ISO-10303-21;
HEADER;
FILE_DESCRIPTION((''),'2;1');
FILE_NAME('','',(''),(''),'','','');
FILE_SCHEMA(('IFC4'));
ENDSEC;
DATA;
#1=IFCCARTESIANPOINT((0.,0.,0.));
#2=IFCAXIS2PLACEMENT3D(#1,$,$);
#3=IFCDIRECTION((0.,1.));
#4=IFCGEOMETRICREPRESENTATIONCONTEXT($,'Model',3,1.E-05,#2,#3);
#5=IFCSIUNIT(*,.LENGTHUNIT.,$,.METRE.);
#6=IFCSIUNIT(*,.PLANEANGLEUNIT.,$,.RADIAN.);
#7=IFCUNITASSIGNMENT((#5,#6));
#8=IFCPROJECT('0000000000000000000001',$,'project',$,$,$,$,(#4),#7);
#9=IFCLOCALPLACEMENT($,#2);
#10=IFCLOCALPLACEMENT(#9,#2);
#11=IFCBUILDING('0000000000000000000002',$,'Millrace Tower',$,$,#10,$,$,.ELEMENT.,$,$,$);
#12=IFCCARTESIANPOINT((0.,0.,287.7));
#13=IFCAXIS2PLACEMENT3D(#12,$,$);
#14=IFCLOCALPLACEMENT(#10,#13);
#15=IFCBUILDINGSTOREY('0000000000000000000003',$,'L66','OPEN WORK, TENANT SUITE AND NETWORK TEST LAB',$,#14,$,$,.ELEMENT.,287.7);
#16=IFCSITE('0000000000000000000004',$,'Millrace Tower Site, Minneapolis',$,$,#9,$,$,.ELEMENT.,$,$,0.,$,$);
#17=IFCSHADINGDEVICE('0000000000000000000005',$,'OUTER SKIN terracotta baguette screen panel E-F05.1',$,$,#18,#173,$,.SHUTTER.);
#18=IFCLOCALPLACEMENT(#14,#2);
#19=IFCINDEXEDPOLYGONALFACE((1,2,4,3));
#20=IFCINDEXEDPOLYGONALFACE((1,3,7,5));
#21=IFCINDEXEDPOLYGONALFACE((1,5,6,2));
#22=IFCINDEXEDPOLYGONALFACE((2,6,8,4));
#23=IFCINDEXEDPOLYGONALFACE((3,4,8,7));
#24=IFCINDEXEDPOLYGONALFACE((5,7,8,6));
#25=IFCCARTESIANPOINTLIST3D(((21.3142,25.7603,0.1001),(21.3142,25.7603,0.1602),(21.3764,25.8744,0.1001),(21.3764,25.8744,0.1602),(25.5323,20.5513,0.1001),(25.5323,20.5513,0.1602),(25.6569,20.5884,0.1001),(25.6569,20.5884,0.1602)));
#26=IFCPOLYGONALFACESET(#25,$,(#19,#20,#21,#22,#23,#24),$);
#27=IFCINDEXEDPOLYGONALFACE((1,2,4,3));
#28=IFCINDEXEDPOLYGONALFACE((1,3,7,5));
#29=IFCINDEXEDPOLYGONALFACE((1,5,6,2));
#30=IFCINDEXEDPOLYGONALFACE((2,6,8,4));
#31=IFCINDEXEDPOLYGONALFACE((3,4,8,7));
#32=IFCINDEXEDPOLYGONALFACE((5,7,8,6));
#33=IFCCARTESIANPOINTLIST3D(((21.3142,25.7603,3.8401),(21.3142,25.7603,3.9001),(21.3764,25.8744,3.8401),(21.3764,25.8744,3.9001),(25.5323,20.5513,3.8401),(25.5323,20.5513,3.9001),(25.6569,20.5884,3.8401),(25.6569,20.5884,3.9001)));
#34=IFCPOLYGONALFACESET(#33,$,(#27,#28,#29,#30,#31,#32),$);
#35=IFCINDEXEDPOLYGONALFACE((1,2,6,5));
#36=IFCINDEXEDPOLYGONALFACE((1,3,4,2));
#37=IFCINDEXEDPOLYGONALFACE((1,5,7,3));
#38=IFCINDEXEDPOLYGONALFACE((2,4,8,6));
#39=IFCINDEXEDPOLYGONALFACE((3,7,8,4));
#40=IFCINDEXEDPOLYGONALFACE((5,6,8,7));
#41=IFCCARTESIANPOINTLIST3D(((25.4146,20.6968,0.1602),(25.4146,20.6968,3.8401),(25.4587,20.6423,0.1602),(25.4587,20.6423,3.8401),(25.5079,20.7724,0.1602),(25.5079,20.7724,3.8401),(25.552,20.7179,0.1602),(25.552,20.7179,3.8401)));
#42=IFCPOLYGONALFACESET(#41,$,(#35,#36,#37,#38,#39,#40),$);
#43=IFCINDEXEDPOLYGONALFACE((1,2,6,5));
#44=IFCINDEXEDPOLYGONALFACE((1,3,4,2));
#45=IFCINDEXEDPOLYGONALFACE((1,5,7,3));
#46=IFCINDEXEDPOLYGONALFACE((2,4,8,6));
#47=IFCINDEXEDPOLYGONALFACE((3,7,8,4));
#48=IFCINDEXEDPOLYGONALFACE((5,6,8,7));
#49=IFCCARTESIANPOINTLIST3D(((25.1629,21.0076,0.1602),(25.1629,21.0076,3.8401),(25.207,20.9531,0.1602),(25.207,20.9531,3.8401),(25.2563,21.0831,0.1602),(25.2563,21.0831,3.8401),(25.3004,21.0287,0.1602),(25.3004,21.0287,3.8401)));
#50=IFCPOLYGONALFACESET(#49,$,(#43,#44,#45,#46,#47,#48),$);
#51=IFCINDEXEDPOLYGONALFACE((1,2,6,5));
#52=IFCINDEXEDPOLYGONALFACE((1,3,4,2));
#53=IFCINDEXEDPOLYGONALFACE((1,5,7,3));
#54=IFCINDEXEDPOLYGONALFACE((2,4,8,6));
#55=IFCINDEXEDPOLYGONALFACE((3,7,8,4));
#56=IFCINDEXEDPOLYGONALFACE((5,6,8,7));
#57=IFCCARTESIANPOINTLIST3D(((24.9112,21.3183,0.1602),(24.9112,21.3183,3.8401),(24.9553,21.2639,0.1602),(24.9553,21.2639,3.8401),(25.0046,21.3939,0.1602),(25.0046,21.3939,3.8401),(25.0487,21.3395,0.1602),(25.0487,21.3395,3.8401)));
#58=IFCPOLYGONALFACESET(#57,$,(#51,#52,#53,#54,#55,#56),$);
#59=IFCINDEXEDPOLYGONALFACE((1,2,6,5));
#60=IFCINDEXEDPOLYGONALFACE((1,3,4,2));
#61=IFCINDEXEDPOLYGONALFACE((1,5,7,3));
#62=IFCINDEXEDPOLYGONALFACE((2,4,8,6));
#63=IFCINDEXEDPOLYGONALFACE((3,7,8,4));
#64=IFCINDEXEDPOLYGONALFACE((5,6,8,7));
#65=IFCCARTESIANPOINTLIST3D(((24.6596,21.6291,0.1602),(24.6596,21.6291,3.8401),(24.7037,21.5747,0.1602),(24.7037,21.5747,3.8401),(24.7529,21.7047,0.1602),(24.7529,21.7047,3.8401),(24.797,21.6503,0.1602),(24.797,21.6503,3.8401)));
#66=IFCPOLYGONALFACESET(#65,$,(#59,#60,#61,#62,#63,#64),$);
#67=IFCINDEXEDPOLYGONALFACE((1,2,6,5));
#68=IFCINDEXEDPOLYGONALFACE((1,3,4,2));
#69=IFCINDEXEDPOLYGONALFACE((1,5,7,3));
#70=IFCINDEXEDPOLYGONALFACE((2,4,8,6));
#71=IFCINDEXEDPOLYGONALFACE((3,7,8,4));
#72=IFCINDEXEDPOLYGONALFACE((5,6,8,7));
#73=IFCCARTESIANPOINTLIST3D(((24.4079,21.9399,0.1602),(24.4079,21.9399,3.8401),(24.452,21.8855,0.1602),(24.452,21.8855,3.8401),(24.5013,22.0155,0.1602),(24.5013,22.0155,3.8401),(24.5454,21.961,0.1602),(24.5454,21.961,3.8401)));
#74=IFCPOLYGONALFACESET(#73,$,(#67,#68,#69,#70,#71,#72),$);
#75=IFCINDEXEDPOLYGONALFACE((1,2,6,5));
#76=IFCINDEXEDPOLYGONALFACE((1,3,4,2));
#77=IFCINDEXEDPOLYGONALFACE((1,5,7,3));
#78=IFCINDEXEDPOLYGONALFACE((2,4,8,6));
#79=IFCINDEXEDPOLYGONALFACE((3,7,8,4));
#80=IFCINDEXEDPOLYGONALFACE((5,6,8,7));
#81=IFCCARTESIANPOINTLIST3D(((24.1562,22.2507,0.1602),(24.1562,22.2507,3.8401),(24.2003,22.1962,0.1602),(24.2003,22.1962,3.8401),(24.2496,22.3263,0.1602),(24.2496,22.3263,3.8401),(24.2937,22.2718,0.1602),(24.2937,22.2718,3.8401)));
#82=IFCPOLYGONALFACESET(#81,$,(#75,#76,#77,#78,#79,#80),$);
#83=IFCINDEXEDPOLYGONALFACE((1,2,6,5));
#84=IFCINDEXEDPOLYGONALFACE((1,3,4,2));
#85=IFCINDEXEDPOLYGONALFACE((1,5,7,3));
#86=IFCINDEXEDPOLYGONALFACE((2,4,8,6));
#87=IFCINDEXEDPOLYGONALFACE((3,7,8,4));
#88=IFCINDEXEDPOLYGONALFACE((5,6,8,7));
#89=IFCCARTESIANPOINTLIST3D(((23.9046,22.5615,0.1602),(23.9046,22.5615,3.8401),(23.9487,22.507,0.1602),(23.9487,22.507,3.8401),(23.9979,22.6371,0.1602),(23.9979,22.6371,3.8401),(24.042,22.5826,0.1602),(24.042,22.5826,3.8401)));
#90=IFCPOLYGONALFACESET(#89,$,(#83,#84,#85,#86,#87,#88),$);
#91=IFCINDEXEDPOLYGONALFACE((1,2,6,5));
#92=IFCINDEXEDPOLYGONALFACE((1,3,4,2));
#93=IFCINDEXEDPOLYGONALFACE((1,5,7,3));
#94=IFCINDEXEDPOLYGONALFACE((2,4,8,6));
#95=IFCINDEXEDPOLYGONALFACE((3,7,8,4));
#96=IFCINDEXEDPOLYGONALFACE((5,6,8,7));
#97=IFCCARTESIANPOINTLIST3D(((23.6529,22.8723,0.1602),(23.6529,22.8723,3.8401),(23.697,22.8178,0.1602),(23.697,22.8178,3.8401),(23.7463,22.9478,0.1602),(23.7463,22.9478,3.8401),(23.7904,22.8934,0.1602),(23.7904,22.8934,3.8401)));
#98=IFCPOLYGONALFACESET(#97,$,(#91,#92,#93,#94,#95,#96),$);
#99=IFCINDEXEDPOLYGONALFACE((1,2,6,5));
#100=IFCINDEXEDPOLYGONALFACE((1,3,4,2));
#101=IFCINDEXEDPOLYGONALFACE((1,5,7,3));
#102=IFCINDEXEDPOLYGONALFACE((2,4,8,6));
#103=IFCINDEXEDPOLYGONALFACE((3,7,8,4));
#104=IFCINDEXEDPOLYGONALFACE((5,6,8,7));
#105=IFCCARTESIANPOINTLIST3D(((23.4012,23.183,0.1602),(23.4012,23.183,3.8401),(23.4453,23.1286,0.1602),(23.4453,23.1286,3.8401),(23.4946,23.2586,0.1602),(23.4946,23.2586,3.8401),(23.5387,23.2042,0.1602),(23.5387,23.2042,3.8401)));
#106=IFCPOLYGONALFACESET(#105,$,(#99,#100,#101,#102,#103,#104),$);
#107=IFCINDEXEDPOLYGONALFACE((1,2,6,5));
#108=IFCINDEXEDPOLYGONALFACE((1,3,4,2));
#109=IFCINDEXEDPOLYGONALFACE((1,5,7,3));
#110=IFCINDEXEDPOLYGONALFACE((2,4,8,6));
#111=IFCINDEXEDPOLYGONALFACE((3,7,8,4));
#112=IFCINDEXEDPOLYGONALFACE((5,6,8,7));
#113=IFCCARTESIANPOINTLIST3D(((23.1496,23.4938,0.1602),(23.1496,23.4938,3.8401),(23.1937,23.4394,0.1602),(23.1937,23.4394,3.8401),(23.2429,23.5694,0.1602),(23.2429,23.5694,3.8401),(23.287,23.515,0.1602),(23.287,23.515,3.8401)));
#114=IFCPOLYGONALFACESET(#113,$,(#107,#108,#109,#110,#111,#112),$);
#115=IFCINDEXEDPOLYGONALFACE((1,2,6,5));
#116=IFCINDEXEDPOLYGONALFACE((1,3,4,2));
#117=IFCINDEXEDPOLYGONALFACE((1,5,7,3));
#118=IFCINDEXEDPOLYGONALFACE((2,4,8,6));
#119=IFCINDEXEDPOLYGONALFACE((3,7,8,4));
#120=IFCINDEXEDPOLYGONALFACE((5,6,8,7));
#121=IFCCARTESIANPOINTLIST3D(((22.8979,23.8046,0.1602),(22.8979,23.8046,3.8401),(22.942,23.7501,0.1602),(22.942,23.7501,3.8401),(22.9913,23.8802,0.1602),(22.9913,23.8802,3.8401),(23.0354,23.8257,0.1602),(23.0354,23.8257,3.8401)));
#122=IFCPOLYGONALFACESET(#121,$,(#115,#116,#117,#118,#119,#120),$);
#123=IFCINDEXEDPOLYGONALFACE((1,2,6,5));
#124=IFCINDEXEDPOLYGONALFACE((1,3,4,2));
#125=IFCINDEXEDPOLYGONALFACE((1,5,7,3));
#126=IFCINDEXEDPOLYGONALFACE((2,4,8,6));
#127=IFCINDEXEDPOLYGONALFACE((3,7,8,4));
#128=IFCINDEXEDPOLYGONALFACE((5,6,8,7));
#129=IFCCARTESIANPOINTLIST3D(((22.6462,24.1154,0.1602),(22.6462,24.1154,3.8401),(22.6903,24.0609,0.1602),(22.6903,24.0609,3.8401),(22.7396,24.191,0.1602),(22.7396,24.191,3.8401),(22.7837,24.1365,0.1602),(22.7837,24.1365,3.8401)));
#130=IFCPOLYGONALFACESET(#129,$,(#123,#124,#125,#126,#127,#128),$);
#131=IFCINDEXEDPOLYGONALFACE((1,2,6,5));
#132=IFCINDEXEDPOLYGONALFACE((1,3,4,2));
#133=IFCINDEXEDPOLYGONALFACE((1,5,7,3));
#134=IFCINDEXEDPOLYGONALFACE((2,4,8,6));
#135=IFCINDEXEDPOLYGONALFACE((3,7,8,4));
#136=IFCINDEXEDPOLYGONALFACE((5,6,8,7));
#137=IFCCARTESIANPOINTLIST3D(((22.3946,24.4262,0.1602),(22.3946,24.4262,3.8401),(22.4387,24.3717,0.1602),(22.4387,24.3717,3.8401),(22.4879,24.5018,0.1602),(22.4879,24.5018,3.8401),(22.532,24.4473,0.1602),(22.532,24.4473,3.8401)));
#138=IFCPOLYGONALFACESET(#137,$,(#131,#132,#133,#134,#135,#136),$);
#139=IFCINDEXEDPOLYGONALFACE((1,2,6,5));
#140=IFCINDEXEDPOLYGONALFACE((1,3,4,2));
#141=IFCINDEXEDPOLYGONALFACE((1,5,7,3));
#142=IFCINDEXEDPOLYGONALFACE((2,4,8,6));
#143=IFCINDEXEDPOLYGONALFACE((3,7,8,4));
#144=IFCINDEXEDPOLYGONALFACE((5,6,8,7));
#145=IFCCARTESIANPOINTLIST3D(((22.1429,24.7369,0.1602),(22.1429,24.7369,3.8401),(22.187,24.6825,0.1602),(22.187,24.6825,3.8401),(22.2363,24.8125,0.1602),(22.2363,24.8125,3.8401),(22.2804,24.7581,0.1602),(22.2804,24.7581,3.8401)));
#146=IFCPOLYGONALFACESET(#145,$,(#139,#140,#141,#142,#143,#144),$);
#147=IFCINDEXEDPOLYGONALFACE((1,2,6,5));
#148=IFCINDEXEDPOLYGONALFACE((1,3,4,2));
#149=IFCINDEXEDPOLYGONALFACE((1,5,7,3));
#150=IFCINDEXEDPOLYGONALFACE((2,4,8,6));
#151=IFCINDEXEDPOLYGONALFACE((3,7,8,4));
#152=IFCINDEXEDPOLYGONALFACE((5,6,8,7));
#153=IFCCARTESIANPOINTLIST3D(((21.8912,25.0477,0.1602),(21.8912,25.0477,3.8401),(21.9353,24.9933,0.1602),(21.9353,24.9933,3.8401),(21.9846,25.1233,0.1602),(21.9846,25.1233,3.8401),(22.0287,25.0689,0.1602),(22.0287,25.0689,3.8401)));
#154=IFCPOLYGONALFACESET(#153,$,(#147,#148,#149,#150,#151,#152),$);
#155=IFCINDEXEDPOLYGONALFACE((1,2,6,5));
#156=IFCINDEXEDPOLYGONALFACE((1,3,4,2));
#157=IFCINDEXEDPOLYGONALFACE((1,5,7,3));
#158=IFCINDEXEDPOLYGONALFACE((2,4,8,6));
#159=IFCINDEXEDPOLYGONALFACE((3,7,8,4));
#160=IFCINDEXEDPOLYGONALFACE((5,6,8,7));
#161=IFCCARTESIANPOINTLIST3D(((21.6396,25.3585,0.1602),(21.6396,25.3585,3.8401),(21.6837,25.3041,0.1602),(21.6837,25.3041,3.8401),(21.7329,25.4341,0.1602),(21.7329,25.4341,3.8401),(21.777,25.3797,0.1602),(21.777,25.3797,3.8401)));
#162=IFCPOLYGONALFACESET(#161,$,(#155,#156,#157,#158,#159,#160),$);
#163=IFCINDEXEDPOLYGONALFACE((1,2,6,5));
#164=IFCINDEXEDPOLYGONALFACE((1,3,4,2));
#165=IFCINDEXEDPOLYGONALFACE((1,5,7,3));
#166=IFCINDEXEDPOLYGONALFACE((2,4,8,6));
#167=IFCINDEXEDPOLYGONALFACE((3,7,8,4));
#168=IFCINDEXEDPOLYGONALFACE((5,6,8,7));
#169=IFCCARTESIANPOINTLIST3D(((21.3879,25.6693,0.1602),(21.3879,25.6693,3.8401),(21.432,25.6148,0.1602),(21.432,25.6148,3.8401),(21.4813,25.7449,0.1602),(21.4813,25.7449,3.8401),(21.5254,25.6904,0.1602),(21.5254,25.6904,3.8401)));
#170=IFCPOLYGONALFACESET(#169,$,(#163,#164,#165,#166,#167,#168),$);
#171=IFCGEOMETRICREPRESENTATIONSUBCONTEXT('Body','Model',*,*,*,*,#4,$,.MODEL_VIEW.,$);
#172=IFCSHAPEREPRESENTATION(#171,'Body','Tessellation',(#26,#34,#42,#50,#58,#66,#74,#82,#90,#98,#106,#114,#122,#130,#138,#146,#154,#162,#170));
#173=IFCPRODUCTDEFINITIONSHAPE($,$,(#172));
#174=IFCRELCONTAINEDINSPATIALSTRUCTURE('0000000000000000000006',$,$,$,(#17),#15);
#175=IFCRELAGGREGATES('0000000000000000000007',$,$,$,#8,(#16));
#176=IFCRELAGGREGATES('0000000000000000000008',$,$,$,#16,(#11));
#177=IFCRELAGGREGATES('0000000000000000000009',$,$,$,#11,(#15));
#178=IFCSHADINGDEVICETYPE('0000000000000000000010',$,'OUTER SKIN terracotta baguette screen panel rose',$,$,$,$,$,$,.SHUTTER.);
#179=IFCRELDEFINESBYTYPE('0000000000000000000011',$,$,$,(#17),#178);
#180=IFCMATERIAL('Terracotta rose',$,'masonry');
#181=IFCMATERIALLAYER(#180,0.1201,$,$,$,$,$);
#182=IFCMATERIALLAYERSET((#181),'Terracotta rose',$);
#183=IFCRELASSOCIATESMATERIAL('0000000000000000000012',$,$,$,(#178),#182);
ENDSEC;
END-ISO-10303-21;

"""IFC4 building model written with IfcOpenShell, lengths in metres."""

from ifc_helpers import new_model, entity, si_unit, direction, frame, frame_2d, origin, origin_2d, place, context, subcontext, project, spatial, rectangle, extrude, source, transform, mapped, material, layer, layer_set, type_object, element, save


model = new_model("IFC4")

# Units and contexts
model_context = context("Model", 3, precision=1e-05, world=origin(), true_north=direction((0.0, 1.0)))
body_context = subcontext(model_context, "Body", "Model", "MODEL_VIEW")
ifc_project = project(units=[si_unit("LENGTHUNIT", "METRE"), si_unit("PLANEANGLEUNIT", "RADIAN")], contexts=[model_context])

# Site, building, storey
site_placement = place(None, origin())
site = spatial("IfcSite", under=ifc_project, at=site_placement, Name="Millrace Tower Site, Minneapolis", CompositionType="ELEMENT", RefElevation=0.0)
building_placement = place(site_placement, origin())
building = spatial("IfcBuilding", under=site, at=building_placement, Name="Millrace Tower", CompositionType="ELEMENT")
storey_placement = place(building_placement, frame((0.0, 0.0, 287.7)))
storey = spatial("IfcBuildingStorey", under=building, at=storey_placement, Name="L66", Description="OPEN WORK, TENANT SUITE AND NETWORK TEST LAB", CompositionType="ELEMENT", Elevation=287.7)

# Shading device
ifc_material_1 = material(Name="Terracotta rose", Category="masonry")
ifc_layer_1 = layer(ifc_material_1, 0.1201)
ifc_layer_set_1 = layer_set([ifc_layer_1], Name="Terracotta rose")
shading_device_type = type_object("IfcShadingDeviceType", Name="OUTER SKIN terracotta baguette screen panel rose", PredefinedType="SHUTTER", material=ifc_layer_set_1)
cartesian_point_1 = entity("IfcCartesianPoint", [-3.3513, 0.0601])
shared_polyline_1 = entity("IfcPolyline", [cartesian_point_1, entity("IfcCartesianPoint", [3.3513, 0.0601]), entity("IfcCartesianPoint", [3.4009, -0.0601]), entity("IfcCartesianPoint", [-3.4009, -0.0601]), cartesian_point_1])
shared_shape_1 = source(origin(), body_context, "Body", "SweptSolid", [
    entity("IfcExtrudedAreaSolid", entity("IfcArbitraryClosedProfileDef", "AREA", None, shared_polyline_1), entity("IfcAxis2Placement3D", entity("IfcCartesianPoint", [0.0, 0.0, 0.0])), entity("IfcDirection", [0.0, 0.0, 1.0]), 0.0601),
    entity("IfcExtrudedAreaSolid", entity("IfcArbitraryClosedProfileDef", "AREA", None, shared_polyline_1), entity("IfcAxis2Placement3D", entity("IfcCartesianPoint", [0.0, 0.0, 3.74])), entity("IfcDirection", [0.0, 0.0, 1.0]), 0.0601),
    extrude(rectangle(XDim=0.0701, YDim=0.1201, at=frame_2d((-3.1992, 0.0))), frame((0.0, 0.0, 0.0601)), (0.0, 0.0, 1.0), 3.6799),
    extrude(rectangle(XDim=0.0701, YDim=0.1201, at=frame_2d((-2.7993, 0.0))), frame((0.0, 0.0, 0.0601)), (0.0, 0.0, 1.0), 3.6799),
    extrude(rectangle(XDim=0.0701, YDim=0.1201, at=frame_2d((-2.3994, 0.0))), frame((0.0, 0.0, 0.0601)), (0.0, 0.0, 1.0), 3.6799),
    extrude(rectangle(XDim=0.0701, YDim=0.1201, at=frame_2d((-1.9995, 0.0))), frame((0.0, 0.0, 0.0601)), (0.0, 0.0, 1.0), 3.6799),
    extrude(rectangle(XDim=0.0701, YDim=0.1201, at=frame_2d((-1.5996, 0.0))), frame((0.0, 0.0, 0.0601)), (0.0, 0.0, 1.0), 3.6799),
    extrude(rectangle(XDim=0.0701, YDim=0.1201, at=frame_2d((-1.1997, 0.0))), frame((0.0, 0.0, 0.0601)), (0.0, 0.0, 1.0), 3.6799),
    extrude(rectangle(XDim=0.0701, YDim=0.1201, at=frame_2d((-0.7998, 0.0))), frame((0.0, 0.0, 0.0601)), (0.0, 0.0, 1.0), 3.6799),
    extrude(rectangle(XDim=0.0701, YDim=0.1201, at=frame_2d((-0.3999, 0.0))), frame((0.0, 0.0, 0.0601)), (0.0, 0.0, 1.0), 3.6799),
    extrude(rectangle(XDim=0.0701, YDim=0.1201, at=origin_2d()), frame((0.0, 0.0, 0.0601)), (0.0, 0.0, 1.0), 3.6799),
    extrude(rectangle(XDim=0.0701, YDim=0.1201, at=frame_2d((0.3999, 0.0))), frame((0.0, 0.0, 0.0601)), (0.0, 0.0, 1.0), 3.6799),
    extrude(rectangle(XDim=0.0701, YDim=0.1201, at=frame_2d((0.7998, 0.0))), frame((0.0, 0.0, 0.0601)), (0.0, 0.0, 1.0), 3.6799),
    extrude(rectangle(XDim=0.0701, YDim=0.1201, at=frame_2d((1.1997, 0.0))), frame((0.0, 0.0, 0.0601)), (0.0, 0.0, 1.0), 3.6799),
    extrude(rectangle(XDim=0.0701, YDim=0.1201, at=frame_2d((1.5996, 0.0))), frame((0.0, 0.0, 0.0601)), (0.0, 0.0, 1.0), 3.6799),
    extrude(rectangle(XDim=0.0701, YDim=0.1201, at=frame_2d((1.9995, 0.0))), frame((0.0, 0.0, 0.0601)), (0.0, 0.0, 1.0), 3.6799),
    extrude(rectangle(XDim=0.0701, YDim=0.1201, at=frame_2d((2.3994, 0.0))), frame((0.0, 0.0, 0.0601)), (0.0, 0.0, 1.0), 3.6799),
    extrude(rectangle(XDim=0.0701, YDim=0.1201, at=frame_2d((2.7993, 0.0))), frame((0.0, 0.0, 0.0601)), (0.0, 0.0, 1.0), 3.6799),
    extrude(rectangle(XDim=0.0701, YDim=0.1201, at=frame_2d((3.1992, 0.0))), frame((0.0, 0.0, 0.0601)), (0.0, 0.0, 1.0), 3.6799),
])
shading_device_1_placement = place(storey_placement, frame((23.47, 23.1936, 0.1001), z_axis=(0.0, 0.0, 1.0), x_axis=(-0.62932, 0.777146, 0.0)))
element("IfcShadingDevice", 1, at=shading_device_1_placement, inside=storey, type_object=shading_device_type, Name="OUTER SKIN terracotta baguette screen panel E-F05.1", PredefinedType="SHUTTER", context=body_context, shape_type="MappedRepresentation", body=[
    mapped(shared_shape_1, transform((0.0, 0.0, 0.0), scale=1.0)),
])

save(model, "model.ifc")
